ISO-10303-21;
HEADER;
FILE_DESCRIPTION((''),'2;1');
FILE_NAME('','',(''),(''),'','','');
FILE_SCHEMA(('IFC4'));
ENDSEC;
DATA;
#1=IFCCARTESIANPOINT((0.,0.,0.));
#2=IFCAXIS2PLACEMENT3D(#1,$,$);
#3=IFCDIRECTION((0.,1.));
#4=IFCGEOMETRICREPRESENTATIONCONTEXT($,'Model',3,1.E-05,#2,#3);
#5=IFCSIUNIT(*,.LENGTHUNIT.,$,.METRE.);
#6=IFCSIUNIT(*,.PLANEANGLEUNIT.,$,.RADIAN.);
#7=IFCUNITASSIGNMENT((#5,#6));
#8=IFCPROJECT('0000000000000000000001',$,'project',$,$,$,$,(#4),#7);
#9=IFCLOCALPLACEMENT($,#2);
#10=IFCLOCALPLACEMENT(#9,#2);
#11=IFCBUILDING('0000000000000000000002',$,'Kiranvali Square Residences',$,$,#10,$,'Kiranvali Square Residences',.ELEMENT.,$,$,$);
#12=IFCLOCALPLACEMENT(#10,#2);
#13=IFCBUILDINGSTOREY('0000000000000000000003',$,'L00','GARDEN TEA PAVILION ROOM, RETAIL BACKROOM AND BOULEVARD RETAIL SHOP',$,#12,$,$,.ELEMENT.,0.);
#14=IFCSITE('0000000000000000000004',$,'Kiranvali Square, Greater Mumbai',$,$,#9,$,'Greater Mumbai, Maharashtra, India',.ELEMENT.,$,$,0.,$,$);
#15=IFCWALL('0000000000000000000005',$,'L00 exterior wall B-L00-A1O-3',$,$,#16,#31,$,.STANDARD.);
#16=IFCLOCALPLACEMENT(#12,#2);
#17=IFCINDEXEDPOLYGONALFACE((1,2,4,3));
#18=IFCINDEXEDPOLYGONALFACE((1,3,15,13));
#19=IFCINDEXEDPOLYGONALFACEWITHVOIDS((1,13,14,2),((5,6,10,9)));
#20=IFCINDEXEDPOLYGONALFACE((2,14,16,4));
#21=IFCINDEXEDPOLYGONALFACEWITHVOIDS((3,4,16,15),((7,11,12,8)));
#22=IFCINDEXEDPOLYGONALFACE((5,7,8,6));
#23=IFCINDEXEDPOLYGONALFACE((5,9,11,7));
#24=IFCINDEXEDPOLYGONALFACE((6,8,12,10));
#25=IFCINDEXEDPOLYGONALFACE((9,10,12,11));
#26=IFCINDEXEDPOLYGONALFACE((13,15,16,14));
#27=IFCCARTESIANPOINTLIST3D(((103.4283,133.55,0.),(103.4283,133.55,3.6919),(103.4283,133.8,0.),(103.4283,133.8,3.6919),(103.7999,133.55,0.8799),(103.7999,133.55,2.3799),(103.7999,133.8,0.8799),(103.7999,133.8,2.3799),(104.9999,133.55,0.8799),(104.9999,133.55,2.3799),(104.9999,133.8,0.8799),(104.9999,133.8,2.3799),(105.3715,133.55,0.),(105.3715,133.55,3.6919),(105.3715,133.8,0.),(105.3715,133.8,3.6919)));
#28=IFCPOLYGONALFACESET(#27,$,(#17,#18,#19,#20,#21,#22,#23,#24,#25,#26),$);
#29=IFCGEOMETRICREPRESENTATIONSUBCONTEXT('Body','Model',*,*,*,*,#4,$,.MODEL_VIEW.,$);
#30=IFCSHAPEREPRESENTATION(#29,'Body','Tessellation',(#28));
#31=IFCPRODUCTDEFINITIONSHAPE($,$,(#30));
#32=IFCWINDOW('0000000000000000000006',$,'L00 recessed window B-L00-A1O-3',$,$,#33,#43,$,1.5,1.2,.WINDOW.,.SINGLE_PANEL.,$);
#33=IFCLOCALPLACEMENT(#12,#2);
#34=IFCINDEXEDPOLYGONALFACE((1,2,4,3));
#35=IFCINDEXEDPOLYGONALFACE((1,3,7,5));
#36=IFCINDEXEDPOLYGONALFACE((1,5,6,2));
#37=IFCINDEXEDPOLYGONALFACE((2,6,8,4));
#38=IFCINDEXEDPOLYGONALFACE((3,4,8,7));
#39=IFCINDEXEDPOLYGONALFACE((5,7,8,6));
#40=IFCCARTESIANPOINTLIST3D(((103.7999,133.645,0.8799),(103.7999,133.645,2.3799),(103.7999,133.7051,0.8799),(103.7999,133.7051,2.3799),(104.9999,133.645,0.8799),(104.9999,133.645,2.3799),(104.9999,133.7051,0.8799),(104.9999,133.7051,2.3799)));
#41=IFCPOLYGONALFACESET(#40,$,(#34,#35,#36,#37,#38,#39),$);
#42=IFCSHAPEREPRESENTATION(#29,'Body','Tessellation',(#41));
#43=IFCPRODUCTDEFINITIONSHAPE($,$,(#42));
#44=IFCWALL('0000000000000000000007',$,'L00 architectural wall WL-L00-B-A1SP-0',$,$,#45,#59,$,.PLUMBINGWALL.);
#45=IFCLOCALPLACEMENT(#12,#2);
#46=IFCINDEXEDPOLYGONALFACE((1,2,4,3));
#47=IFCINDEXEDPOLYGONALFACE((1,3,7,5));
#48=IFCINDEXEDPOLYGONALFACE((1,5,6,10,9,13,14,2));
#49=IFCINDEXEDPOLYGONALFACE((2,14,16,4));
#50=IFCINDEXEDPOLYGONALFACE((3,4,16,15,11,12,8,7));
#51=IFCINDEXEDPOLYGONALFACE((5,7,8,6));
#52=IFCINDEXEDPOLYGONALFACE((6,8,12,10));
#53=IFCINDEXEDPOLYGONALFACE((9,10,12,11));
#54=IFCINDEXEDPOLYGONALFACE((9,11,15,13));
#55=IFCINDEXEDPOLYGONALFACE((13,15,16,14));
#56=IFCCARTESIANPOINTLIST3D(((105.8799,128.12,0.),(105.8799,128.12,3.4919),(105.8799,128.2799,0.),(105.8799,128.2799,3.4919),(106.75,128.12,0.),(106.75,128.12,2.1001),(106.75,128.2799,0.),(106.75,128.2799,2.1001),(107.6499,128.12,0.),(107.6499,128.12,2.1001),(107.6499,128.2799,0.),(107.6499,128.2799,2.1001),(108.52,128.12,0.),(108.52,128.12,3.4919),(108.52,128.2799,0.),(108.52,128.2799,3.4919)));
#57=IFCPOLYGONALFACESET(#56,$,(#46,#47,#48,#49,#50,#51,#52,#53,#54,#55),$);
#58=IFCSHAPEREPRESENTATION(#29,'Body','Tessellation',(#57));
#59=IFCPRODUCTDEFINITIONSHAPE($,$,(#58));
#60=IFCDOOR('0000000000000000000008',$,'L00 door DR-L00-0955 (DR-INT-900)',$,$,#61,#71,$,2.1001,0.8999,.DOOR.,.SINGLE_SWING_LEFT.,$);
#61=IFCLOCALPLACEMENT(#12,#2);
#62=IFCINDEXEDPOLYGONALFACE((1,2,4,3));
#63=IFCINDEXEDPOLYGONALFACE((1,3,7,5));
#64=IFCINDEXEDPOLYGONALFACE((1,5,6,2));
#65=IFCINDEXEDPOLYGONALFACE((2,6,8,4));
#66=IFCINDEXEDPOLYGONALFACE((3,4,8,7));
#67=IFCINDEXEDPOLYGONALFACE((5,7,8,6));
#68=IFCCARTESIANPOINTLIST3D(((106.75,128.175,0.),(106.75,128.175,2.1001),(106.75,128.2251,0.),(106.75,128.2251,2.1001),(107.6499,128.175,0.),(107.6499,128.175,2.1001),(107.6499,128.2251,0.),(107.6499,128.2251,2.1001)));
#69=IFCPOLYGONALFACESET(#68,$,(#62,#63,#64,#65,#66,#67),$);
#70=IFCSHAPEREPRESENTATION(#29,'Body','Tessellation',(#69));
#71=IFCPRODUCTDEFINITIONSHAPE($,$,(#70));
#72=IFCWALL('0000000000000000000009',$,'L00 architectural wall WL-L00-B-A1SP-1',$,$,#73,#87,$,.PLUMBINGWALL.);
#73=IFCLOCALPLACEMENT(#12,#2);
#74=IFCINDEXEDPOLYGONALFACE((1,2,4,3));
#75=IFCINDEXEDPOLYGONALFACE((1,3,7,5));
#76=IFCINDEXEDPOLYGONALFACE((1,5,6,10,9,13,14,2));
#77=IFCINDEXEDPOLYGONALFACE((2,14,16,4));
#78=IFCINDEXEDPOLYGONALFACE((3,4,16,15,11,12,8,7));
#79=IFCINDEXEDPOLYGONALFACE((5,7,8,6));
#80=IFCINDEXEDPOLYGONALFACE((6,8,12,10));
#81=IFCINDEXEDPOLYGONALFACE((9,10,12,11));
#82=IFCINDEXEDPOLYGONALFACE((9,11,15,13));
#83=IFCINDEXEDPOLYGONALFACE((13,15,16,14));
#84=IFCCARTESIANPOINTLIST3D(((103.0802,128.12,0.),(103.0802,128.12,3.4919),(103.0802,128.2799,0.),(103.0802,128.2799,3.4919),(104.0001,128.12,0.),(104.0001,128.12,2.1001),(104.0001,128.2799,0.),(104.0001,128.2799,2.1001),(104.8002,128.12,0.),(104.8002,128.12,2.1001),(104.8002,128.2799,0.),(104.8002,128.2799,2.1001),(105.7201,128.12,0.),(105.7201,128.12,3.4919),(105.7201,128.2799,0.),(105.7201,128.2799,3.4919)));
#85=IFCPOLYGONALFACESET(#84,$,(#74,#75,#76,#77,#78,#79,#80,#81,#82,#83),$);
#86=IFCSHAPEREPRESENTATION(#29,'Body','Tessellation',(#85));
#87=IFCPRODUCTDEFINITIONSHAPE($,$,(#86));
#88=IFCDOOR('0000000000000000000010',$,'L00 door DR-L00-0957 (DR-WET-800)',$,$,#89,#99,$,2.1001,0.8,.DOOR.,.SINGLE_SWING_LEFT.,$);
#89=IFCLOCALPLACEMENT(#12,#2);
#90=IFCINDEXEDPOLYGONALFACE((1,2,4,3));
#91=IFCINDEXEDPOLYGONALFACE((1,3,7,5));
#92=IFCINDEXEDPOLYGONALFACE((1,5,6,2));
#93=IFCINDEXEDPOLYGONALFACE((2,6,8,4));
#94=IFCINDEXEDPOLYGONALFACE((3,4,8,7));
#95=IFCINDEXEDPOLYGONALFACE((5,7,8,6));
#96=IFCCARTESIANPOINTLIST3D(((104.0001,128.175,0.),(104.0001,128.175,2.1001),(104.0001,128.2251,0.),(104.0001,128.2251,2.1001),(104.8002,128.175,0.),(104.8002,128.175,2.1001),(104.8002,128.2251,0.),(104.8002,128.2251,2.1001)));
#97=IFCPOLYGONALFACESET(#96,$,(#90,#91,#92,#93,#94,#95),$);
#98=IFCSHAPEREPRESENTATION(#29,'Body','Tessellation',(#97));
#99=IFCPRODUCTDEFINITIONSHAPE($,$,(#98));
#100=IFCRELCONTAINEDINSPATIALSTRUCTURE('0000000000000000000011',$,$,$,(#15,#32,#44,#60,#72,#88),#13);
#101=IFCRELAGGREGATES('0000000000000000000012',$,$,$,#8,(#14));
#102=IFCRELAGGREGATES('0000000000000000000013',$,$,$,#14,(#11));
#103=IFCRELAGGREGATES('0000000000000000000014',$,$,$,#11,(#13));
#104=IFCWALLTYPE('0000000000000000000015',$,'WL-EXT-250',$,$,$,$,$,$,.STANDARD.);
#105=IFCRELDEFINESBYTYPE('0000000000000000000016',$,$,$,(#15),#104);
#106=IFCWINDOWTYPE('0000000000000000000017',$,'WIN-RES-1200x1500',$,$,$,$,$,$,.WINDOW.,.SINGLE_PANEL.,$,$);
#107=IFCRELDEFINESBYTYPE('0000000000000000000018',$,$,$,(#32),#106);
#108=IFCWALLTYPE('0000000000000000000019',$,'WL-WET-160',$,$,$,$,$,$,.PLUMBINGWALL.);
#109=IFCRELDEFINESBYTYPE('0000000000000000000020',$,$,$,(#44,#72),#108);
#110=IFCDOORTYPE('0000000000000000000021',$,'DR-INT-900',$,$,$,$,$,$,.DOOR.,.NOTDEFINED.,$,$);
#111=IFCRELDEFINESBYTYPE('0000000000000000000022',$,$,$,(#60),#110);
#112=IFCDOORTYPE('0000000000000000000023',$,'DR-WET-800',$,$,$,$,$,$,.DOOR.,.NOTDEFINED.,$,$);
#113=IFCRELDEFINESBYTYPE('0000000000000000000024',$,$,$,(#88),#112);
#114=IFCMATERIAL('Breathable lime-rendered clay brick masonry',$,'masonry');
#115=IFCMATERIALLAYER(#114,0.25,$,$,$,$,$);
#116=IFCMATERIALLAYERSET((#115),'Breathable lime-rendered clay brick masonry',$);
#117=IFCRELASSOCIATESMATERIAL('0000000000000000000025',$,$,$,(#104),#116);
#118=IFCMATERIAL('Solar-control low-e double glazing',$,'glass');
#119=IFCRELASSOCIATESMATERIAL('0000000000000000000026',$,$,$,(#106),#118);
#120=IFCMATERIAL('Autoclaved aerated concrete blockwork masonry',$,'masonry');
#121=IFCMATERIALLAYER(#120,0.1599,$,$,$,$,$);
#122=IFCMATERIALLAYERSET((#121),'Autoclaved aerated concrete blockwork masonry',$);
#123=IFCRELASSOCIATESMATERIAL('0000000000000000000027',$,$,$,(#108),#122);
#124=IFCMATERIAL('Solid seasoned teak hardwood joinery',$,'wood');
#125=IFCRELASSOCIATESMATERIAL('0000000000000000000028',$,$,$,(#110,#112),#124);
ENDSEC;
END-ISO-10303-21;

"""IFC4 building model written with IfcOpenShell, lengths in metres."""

from ifc_helpers import new_model, si_unit, direction, frame, frame_2d, origin, place, context, subcontext, project, spatial, rectangle, extrude, material, layer, layer_set, type_object, element, fill, save


model = new_model("IFC4")

# Units and contexts
model_context = context("Model", 3, precision=1e-05, world=origin(), true_north=direction((0.0, 1.0)))
body_context = subcontext(model_context, "Body", "Model", "MODEL_VIEW")
ifc_project = project(units=[si_unit("LENGTHUNIT", "METRE"), si_unit("PLANEANGLEUNIT", "RADIAN")], contexts=[model_context])

# Site, building, storey
site_placement = place(None, origin())
site = spatial("IfcSite", under=ifc_project, at=site_placement, Name="Kiranvali Square, Greater Mumbai", LongName="Greater Mumbai, Maharashtra, India", CompositionType="ELEMENT", RefElevation=0.0)
building_placement = place(site_placement, origin())
building = spatial("IfcBuilding", under=site, at=building_placement, Name="Kiranvali Square Residences", LongName="Kiranvali Square Residences", CompositionType="ELEMENT")
storey_placement = place(building_placement, origin())
storey = spatial("IfcBuildingStorey", under=building, at=storey_placement, Name="L00", Description="GARDEN TEA PAVILION ROOM, RETAIL BACKROOM AND BOULEVARD RETAIL SHOP", CompositionType="ELEMENT", Elevation=0.0)

# Wall, opening, window
ifc_material_1 = material(Name="Breathable lime-rendered clay brick masonry", Category="masonry")
ifc_layer_1 = layer(ifc_material_1, 0.25)
ifc_layer_set_1 = layer_set([ifc_layer_1], Name="Breathable lime-rendered clay brick masonry")
wall_type_1 = type_object("IfcWallType", Name="WL-EXT-250", PredefinedType="STANDARD", material=ifc_layer_set_1)
ifc_material_2 = material(Name="Solar-control low-e double glazing", Category="glass")
wall_1_placement = place(storey_placement, frame((105.3716, 133.675, 0.0), z_axis=(0.0, 0.0, 1.0), x_axis=(-1.0, 0.0, 0.0)))
wall_1 = element("IfcWall", 1, at=wall_1_placement, inside=storey, type_object=wall_type_1, Name="L00 exterior wall B-L00-A1O-3", PredefinedType="STANDARD", context=body_context, shape_type="SweptSolid", body=[
    extrude(rectangle(XDim=1.9431, YDim=0.25, at=frame_2d((0.9717, 0.0))), origin(), (0.0, 0.0, 1.0), 3.6919),
])
opening_1_placement = place(wall_1_placement, frame((0.3716, 0.0, 0.8799)))
opening_1 = element("IfcOpeningElement", 2, at=opening_1_placement, cuts=wall_1, PredefinedType="OPENING", context=body_context, shape_type="SweptSolid", body=[
    extrude(rectangle(XDim=1.2, YDim=1.5, at=frame_2d((0.6001, 0.75))), frame((0.0, 0.135, 0.0), z_axis=(0.0, -1.0, 0.0), x_axis=(1.0, 0.0, 0.0)), (0.0, 0.0, 1.0), 0.27),
])
window_type_1 = type_object("IfcWindowType", Name="WIN-RES-1200x1500", PartitioningType="SINGLE_PANEL", PredefinedType="WINDOW", material=ifc_material_2)
window_1_placement = place(opening_1_placement, origin())
window_1 = element("IfcWindow", 3, at=window_1_placement, inside=storey, type_object=window_type_1, Name="L00 recessed window B-L00-A1O-3", OverallHeight=1.5, OverallWidth=1.2, PartitioningType="SINGLE_PANEL", PredefinedType="WINDOW", context=body_context, shape_type="SweptSolid", body=[
    extrude(rectangle(XDim=1.2, YDim=1.5, at=frame_2d((0.6001, 0.75))), frame((0.0, 0.03, 0.0), z_axis=(0.0, -1.0, 0.0), x_axis=(1.0, 0.0, 0.0)), (0.0, 0.0, 1.0), 0.0601),
])
fill(opening_1, window_1)

# Walls, openings, doors
ifc_material_3 = material(Name="Autoclaved aerated concrete blockwork masonry", Category="masonry")
ifc_layer_2 = layer(ifc_material_3, 0.1599)
ifc_layer_set_2 = layer_set([ifc_layer_2], Name="Autoclaved aerated concrete blockwork masonry")
wall_type_2 = type_object("IfcWallType", Name="WL-WET-160", PredefinedType="PLUMBINGWALL", material=ifc_layer_set_2)
wall_2_placement = place(storey_placement, frame((108.52, 128.2, 0.0), z_axis=(0.0, 0.0, 1.0), x_axis=(-1.0, 0.0, 0.0)))
wall_2 = element("IfcWall", 4, at=wall_2_placement, inside=storey, type_object=wall_type_2, Name="L00 architectural wall WL-L00-B-A1SP-0", PredefinedType="PLUMBINGWALL", context=body_context, shape_type="SweptSolid", body=[
    extrude(rectangle(XDim=2.6401, YDim=0.1599, at=frame_2d((1.3201, 0.0))), origin(), (0.0, 0.0, 1.0), 3.4919),
])
opening_2_placement = place(wall_2_placement, frame((0.8701, 0.0, 0.0)))
opening_2 = element("IfcOpeningElement", 5, at=opening_2_placement, cuts=wall_2, PredefinedType="OPENING", context=body_context, shape_type="SweptSolid", body=[
    extrude(rectangle(XDim=0.8999, YDim=2.1001, at=frame_2d((0.45, 1.05))), frame((0.0, 0.0898, 0.0), z_axis=(0.0, -1.0, 0.0), x_axis=(1.0, 0.0, 0.0)), (0.0, 0.0, 1.0), 0.1799),
])
ifc_material_4 = material(Name="Solid seasoned teak hardwood joinery", Category="wood")
door_type_1 = type_object("IfcDoorType", Name="DR-INT-900", OperationType="NOTDEFINED", PredefinedType="DOOR", material=ifc_material_4)
door_1_placement = place(opening_2_placement, origin())
door_1 = element("IfcDoor", 6, at=door_1_placement, inside=storey, type_object=door_type_1, Name="L00 door DR-L00-0955 (DR-INT-900)", OperationType="SINGLE_SWING_LEFT", OverallHeight=2.1001, OverallWidth=0.8999, PredefinedType="DOOR", context=body_context, shape_type="SweptSolid", body=[
    extrude(rectangle(XDim=0.8999, YDim=2.1001, at=frame_2d((0.45, 1.05))), frame((0.0, 0.0249, 0.0), z_axis=(0.0, -1.0, 0.0), x_axis=(1.0, 0.0, 0.0)), (0.0, 0.0, 1.0), 0.05),
])
fill(opening_2, door_1)
wall_3_placement = place(storey_placement, frame((105.72, 128.2, 0.0), z_axis=(0.0, 0.0, 1.0), x_axis=(-1.0, 0.0, 0.0)))
wall_3 = element("IfcWall", 7, at=wall_3_placement, inside=storey, type_object=wall_type_2, Name="L00 architectural wall WL-L00-B-A1SP-1", PredefinedType="PLUMBINGWALL", context=body_context, shape_type="SweptSolid", body=[
    extrude(rectangle(XDim=2.6399, YDim=0.1599, at=frame_2d((1.3198, 0.0))), origin(), (0.0, 0.0, 1.0), 3.4919),
])
opening_3_placement = place(wall_3_placement, frame((0.9199, 0.0, 0.0)))
opening_3 = element("IfcOpeningElement", 8, at=opening_3_placement, cuts=wall_3, PredefinedType="OPENING", context=body_context, shape_type="SweptSolid", body=[
    extrude(rectangle(XDim=0.8, YDim=2.1001, at=frame_2d((0.3999, 1.05))), frame((0.0, 0.0898, 0.0), z_axis=(0.0, -1.0, 0.0), x_axis=(1.0, 0.0, 0.0)), (0.0, 0.0, 1.0), 0.1799),
])
door_type_2 = type_object("IfcDoorType", Name="DR-WET-800", OperationType="NOTDEFINED", PredefinedType="DOOR", material=ifc_material_4)
door_2_placement = place(opening_3_placement, origin())
door_2 = element("IfcDoor", 9, at=door_2_placement, inside=storey, type_object=door_type_2, Name="L00 door DR-L00-0957 (DR-WET-800)", OperationType="SINGLE_SWING_LEFT", OverallHeight=2.1001, OverallWidth=0.8, PredefinedType="DOOR", context=body_context, shape_type="SweptSolid", body=[
    extrude(rectangle(XDim=0.8, YDim=2.1001, at=frame_2d((0.3999, 1.05))), frame((0.0, 0.0249, 0.0), z_axis=(0.0, -1.0, 0.0), x_axis=(1.0, 0.0, 0.0)), (0.0, 0.0, 1.0), 0.05),
])
fill(opening_3, door_2)

save(model, "model.ifc")
